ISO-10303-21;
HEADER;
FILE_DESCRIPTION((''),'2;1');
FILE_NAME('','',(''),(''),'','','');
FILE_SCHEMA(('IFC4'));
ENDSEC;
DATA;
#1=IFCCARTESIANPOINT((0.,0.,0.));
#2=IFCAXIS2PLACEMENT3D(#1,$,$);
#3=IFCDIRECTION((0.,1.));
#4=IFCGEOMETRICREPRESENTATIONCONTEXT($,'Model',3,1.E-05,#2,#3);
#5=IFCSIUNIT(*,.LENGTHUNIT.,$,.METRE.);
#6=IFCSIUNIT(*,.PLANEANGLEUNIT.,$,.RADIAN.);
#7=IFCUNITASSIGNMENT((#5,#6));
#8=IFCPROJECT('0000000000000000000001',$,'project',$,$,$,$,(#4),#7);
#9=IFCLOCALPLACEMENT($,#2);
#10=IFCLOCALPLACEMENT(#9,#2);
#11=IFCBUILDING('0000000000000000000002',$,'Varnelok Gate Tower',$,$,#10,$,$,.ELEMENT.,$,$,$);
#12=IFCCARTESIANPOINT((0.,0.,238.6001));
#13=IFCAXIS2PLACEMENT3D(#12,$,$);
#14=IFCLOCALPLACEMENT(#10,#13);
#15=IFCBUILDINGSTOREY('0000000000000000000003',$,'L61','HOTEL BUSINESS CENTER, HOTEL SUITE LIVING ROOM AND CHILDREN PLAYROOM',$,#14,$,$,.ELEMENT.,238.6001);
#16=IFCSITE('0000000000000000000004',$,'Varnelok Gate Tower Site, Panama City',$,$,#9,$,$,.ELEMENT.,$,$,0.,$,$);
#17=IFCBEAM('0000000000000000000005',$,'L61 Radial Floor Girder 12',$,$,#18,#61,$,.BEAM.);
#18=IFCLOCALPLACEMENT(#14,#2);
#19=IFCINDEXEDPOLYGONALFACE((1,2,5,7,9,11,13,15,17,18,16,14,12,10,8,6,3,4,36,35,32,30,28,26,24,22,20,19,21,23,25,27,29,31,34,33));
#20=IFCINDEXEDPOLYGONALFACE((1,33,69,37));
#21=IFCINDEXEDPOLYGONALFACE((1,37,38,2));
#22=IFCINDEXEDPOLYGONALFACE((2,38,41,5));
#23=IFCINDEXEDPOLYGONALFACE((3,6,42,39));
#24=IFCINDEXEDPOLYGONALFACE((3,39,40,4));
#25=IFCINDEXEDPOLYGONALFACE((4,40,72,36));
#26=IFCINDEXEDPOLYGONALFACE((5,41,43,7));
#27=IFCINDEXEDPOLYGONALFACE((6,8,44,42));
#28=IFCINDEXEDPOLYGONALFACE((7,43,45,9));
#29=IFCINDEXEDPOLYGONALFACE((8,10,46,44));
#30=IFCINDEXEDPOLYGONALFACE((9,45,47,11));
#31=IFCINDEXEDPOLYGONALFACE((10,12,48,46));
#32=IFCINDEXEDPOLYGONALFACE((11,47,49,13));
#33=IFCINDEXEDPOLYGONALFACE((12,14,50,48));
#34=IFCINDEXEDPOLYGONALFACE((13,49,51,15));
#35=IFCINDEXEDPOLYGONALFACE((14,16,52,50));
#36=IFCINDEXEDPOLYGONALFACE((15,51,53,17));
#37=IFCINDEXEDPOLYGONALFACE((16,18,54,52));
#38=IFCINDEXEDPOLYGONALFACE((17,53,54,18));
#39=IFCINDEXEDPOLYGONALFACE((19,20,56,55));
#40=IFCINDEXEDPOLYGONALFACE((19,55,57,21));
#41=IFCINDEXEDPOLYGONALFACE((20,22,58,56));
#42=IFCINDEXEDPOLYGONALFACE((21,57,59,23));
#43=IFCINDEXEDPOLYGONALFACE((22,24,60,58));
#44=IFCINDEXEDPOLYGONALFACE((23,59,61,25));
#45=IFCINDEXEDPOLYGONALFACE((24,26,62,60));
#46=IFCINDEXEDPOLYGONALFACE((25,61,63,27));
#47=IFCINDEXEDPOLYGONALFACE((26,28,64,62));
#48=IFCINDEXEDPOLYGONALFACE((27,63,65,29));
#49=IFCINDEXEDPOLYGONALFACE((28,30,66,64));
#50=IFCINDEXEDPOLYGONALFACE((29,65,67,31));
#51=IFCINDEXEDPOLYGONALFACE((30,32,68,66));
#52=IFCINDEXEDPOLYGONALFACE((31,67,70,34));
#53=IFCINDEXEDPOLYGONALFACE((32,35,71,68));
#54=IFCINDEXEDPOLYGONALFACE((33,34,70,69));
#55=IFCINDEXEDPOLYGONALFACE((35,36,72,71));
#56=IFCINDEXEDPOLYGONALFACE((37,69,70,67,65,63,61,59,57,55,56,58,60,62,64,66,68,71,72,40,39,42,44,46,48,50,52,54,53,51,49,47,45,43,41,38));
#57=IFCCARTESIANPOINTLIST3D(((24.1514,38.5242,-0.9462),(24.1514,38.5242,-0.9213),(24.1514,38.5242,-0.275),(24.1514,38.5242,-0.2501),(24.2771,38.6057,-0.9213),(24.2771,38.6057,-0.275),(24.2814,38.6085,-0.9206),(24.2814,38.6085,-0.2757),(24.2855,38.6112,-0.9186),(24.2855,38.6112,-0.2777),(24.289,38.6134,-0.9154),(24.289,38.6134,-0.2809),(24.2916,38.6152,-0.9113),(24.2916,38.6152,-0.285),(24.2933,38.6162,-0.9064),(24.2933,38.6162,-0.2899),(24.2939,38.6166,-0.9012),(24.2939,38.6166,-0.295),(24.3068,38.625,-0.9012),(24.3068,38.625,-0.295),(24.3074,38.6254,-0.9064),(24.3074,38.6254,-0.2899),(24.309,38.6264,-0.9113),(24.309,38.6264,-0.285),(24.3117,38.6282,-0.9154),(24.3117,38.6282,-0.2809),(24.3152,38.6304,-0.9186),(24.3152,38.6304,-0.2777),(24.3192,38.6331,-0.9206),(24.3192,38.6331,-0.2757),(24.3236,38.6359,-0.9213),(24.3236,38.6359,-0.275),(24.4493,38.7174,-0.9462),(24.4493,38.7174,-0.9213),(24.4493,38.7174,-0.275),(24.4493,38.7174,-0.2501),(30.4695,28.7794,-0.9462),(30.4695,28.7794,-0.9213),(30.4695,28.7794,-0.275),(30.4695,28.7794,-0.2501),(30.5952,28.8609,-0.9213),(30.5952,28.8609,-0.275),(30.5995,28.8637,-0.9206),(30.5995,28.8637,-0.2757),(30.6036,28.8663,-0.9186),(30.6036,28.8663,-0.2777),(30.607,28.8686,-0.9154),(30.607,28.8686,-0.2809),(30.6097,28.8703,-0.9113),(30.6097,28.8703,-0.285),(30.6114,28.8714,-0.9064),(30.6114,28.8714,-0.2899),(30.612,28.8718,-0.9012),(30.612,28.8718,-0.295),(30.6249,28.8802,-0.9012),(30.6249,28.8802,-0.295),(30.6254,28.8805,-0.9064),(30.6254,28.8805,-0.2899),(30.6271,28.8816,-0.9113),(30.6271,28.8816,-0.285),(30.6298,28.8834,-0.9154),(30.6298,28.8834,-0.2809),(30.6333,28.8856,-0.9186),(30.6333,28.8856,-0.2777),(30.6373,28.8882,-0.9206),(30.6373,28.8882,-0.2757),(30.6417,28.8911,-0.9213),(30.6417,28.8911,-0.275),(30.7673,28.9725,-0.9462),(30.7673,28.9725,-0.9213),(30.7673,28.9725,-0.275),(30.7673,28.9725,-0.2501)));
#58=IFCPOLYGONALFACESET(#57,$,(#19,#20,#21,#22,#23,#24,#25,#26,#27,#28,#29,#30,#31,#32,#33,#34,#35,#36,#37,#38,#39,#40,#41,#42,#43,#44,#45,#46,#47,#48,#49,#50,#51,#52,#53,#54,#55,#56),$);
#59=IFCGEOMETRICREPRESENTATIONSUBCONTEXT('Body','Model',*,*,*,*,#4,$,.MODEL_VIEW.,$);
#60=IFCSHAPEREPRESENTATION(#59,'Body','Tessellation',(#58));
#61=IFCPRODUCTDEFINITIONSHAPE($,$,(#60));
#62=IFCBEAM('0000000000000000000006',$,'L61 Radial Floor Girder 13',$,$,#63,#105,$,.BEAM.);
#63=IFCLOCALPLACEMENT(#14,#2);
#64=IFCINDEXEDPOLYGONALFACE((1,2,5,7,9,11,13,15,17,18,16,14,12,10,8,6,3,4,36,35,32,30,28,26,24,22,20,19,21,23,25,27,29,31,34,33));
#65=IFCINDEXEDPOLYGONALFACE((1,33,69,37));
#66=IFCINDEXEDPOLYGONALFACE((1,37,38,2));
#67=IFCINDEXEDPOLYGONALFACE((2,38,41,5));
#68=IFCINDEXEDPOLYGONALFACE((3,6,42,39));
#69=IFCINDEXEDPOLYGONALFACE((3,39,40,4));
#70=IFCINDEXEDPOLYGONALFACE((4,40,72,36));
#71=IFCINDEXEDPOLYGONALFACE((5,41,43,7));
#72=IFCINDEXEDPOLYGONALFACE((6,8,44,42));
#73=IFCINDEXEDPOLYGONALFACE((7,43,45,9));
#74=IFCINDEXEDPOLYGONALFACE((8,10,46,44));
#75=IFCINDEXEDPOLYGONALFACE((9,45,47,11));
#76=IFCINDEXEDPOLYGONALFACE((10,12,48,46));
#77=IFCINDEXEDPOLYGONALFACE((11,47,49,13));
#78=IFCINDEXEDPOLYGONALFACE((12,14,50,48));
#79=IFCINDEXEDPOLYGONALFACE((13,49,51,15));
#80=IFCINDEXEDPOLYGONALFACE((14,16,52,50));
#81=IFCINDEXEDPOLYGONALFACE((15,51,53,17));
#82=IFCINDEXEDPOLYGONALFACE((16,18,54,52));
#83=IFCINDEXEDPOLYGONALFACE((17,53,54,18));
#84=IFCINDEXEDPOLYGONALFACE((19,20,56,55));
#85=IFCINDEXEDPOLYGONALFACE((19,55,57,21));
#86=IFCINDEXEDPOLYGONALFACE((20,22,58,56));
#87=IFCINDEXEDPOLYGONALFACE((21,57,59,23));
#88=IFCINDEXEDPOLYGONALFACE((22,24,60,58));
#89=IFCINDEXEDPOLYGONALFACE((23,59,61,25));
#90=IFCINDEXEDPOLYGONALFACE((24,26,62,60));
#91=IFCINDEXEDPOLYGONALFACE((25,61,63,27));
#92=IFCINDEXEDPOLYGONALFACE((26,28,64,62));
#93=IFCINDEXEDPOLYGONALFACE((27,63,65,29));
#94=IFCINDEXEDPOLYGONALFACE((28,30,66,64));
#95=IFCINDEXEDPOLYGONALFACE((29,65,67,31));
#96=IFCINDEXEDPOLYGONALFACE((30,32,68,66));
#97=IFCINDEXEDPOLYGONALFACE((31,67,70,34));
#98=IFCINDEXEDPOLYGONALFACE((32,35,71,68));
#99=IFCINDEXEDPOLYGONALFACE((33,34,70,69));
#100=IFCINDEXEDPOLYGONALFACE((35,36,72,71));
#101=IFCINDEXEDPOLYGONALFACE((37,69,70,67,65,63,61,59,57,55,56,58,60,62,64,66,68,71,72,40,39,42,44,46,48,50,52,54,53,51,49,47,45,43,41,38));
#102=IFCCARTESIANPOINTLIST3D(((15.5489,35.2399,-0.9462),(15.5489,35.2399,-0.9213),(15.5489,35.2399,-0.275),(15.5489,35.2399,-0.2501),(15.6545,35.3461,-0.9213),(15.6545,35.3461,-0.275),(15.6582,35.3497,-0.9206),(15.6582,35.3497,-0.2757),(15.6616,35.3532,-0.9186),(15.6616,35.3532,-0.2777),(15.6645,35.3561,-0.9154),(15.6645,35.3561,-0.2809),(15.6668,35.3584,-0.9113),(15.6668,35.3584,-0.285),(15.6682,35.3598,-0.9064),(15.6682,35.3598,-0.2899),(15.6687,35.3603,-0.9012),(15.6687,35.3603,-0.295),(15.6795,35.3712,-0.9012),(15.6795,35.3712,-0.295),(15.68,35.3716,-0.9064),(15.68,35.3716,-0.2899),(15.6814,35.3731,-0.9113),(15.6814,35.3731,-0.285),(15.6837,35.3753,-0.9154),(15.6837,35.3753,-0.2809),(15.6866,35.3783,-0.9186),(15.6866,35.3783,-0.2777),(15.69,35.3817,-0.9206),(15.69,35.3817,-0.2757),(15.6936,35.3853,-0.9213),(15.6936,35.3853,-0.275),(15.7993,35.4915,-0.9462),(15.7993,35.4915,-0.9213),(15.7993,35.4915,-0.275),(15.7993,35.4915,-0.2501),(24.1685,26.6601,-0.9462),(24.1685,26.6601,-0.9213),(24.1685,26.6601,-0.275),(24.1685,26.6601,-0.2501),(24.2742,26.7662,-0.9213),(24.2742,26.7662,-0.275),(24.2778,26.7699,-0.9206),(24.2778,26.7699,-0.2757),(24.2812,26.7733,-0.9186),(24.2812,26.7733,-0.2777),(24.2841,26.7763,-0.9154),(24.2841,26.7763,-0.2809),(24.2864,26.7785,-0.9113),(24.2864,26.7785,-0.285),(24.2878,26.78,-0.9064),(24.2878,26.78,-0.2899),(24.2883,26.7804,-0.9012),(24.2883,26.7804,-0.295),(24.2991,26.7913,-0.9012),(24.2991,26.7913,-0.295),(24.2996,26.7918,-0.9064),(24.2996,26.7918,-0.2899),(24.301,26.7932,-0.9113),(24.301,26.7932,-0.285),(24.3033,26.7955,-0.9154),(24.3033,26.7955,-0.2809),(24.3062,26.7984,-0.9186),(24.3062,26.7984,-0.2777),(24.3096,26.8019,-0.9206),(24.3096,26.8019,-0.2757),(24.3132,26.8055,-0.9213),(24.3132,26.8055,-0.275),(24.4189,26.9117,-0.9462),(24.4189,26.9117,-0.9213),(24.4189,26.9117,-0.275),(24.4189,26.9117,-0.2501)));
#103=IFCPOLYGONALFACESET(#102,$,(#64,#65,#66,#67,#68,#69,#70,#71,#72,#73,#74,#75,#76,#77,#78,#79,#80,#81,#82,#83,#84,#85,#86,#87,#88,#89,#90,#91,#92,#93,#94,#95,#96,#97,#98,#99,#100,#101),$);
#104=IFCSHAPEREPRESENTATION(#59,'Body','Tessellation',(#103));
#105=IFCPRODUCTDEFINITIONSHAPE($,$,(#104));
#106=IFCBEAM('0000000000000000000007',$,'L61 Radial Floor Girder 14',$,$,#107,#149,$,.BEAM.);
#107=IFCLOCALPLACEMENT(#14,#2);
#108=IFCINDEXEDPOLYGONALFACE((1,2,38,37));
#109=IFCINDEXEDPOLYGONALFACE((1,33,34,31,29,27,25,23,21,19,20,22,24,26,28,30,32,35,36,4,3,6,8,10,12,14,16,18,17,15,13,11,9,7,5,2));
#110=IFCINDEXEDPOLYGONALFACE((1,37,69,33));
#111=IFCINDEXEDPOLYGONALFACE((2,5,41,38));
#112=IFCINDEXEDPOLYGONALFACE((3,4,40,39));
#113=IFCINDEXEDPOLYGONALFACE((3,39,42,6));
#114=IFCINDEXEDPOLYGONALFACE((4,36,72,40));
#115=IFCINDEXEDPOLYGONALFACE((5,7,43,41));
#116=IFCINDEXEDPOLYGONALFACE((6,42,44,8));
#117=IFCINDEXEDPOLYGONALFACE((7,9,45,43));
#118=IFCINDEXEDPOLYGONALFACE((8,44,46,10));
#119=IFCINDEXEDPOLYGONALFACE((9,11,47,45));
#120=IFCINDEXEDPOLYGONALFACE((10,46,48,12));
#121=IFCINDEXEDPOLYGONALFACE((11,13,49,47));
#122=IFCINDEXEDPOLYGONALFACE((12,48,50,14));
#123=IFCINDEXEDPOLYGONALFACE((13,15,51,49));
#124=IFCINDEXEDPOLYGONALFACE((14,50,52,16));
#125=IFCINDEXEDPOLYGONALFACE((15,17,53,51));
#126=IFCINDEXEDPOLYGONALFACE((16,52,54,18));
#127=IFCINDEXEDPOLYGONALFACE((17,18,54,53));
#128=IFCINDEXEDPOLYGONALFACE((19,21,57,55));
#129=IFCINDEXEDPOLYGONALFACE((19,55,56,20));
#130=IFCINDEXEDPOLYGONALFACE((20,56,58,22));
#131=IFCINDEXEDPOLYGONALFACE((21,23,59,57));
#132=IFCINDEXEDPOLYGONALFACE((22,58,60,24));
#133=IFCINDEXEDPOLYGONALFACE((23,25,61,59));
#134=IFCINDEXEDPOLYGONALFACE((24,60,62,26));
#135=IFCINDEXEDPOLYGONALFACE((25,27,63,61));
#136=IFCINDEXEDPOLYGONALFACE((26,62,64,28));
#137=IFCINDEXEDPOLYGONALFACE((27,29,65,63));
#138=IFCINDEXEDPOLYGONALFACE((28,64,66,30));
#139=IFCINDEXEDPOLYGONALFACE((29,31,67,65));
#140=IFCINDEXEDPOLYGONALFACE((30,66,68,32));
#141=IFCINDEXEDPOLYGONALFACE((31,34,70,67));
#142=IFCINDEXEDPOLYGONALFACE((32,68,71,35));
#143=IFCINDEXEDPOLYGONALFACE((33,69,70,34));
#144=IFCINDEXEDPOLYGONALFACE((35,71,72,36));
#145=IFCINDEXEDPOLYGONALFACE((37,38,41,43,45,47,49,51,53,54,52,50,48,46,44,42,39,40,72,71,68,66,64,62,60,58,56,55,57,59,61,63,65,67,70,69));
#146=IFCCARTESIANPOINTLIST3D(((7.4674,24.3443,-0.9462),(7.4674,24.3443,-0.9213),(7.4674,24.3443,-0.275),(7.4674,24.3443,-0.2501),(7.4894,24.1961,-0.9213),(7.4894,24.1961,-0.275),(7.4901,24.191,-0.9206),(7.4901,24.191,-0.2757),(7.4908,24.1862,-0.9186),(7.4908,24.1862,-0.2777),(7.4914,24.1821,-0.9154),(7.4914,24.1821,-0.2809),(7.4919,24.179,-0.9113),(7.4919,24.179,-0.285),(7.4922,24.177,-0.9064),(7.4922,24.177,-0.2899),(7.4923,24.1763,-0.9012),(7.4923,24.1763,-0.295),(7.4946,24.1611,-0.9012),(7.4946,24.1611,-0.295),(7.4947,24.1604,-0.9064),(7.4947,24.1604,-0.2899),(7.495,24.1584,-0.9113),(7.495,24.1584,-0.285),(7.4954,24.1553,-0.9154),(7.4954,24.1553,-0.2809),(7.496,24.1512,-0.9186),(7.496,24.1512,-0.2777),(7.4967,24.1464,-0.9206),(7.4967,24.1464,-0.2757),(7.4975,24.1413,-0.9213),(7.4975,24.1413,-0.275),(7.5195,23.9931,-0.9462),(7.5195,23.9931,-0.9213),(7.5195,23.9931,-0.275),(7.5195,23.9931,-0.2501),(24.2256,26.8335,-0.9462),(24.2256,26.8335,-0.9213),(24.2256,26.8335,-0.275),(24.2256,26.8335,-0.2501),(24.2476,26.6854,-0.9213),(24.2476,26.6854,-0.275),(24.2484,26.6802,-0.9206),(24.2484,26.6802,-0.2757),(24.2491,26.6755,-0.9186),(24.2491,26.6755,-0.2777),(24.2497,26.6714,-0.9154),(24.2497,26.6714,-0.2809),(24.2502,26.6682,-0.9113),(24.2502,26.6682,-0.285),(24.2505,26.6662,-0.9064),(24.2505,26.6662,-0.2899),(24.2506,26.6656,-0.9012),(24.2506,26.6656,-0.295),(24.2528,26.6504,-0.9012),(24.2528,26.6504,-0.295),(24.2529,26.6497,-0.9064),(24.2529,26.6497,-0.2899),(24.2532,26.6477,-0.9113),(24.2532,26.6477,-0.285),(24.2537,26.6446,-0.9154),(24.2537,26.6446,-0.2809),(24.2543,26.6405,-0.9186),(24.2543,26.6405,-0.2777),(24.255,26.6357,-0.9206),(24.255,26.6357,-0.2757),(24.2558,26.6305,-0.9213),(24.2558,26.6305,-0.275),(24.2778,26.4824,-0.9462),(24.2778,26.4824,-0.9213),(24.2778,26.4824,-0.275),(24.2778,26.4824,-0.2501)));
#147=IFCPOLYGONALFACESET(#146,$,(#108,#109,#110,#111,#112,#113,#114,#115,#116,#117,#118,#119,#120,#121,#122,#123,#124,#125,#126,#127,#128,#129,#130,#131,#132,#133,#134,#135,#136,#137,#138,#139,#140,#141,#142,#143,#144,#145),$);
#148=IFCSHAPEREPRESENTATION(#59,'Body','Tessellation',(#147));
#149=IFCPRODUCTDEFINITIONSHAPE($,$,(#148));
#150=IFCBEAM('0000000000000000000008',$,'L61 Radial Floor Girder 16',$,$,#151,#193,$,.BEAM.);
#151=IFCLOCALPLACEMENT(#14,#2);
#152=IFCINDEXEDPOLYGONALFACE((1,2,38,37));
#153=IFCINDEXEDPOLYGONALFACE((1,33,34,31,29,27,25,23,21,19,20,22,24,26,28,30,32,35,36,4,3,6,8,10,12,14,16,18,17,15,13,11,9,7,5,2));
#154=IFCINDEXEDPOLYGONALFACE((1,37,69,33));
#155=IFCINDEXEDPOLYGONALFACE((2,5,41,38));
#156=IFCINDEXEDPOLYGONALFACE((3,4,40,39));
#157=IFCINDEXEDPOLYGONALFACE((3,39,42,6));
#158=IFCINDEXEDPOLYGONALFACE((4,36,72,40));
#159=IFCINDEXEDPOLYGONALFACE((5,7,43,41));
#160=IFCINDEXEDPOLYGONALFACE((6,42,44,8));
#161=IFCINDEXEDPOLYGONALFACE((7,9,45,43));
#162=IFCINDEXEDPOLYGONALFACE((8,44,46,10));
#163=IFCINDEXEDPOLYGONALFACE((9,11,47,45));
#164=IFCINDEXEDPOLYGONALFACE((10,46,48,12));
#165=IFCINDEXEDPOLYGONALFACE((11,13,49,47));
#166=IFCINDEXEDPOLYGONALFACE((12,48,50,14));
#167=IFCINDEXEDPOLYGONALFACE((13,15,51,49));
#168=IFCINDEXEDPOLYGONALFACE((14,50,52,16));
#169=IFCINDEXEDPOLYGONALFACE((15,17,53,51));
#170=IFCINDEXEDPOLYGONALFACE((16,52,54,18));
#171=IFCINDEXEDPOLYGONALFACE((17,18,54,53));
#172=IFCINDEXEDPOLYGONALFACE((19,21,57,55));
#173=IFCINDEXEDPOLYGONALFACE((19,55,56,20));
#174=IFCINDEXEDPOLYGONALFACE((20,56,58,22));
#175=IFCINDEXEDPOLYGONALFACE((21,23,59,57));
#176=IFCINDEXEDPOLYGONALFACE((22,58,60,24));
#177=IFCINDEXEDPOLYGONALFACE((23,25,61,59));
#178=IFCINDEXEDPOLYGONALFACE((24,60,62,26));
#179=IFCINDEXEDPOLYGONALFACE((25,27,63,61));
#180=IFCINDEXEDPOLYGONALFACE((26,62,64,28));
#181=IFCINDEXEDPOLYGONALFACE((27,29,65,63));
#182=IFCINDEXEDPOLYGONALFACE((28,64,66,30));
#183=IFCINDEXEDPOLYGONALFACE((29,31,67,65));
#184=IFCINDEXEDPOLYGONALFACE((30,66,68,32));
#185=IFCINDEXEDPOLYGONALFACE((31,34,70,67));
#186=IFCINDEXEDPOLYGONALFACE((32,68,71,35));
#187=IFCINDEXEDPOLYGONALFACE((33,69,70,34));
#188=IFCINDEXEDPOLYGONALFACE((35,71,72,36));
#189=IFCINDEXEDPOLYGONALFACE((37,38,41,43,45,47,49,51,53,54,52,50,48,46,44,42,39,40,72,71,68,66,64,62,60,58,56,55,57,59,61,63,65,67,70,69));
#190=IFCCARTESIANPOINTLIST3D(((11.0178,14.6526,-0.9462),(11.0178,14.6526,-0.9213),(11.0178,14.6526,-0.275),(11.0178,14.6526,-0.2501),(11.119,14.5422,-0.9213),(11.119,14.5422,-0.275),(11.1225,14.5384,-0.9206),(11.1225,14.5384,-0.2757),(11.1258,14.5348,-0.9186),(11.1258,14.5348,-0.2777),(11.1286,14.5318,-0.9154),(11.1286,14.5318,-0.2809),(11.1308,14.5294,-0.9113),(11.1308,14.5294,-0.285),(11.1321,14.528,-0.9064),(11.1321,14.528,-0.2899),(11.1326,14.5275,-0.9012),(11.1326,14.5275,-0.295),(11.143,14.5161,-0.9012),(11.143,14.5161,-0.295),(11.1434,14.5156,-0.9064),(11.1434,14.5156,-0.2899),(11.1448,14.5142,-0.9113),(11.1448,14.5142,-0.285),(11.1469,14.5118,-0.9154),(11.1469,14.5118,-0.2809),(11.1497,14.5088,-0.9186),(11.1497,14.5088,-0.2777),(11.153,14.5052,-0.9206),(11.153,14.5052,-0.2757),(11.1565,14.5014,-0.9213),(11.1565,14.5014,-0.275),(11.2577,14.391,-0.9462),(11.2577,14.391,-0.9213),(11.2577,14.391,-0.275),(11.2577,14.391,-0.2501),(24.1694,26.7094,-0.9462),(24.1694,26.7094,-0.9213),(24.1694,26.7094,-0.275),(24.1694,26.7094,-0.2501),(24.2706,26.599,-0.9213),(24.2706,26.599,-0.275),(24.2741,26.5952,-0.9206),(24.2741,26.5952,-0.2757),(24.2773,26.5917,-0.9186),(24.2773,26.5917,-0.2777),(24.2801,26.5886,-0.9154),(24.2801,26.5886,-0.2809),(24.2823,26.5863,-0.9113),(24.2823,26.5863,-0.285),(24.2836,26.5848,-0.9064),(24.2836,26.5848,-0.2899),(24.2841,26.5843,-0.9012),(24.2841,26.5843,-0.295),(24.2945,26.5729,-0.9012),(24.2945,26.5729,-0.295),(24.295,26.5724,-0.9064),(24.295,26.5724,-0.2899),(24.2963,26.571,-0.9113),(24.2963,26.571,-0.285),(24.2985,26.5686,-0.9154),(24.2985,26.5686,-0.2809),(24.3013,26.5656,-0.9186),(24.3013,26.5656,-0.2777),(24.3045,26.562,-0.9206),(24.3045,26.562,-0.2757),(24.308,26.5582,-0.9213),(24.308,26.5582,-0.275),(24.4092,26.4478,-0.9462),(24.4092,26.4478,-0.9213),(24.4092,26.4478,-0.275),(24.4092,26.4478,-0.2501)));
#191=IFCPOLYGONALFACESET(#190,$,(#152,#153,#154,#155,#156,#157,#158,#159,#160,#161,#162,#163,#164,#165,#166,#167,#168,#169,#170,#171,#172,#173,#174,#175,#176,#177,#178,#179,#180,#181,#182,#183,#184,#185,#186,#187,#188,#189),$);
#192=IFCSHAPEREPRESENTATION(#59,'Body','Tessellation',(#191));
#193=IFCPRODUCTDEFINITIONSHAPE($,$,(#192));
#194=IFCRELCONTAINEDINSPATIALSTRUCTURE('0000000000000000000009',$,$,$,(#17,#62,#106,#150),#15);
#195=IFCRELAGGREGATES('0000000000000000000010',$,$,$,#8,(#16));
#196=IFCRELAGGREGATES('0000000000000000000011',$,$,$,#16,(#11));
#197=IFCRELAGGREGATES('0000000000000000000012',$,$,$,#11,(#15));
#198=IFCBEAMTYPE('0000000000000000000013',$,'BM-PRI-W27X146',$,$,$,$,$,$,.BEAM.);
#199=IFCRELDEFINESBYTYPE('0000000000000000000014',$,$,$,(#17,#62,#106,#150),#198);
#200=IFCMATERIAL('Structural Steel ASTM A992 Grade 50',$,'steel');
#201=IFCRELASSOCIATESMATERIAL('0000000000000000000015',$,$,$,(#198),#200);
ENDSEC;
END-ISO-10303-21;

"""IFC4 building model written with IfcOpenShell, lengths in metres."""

from ifc_helpers import new_model, si_unit, direction, frame, origin, origin_2d, place, context, subcontext, project, spatial, i_section, extrude, material, material_profile, profile_set, type_object, element, save


model = new_model("IFC4")

# Units and contexts
model_context = context("Model", 3, precision=1e-05, world=origin(), true_north=direction((0.0, 1.0)))
body_context = subcontext(model_context, "Body", "Model", "MODEL_VIEW")
ifc_project = project(units=[si_unit("LENGTHUNIT", "METRE"), si_unit("PLANEANGLEUNIT", "RADIAN")], contexts=[model_context])

# Site, building, storey
site_placement = place(None, origin())
site = spatial("IfcSite", under=ifc_project, at=site_placement, Name="Varnelok Gate Tower Site, Panama City", CompositionType="ELEMENT", RefElevation=0.0)
building_placement = place(site_placement, origin())
building = spatial("IfcBuilding", under=site, at=building_placement, Name="Varnelok Gate Tower", CompositionType="ELEMENT")
storey_placement = place(building_placement, frame((0.0, 0.0, 238.6001)))
storey = spatial("IfcBuildingStorey", under=building, at=storey_placement, Name="L61", Description="HOTEL BUSINESS CENTER, HOTEL SUITE LIVING ROOM AND CHILDREN PLAYROOM", CompositionType="ELEMENT", Elevation=238.6001)

# Shared definitions
ifc_material_1 = material(Name="Structural Steel ASTM A992 Grade 50", Category="steel")

# Beams
ifc_material_profile_1 = material_profile(ifc_material_1, i_section(OverallWidth=0.355, OverallDepth=0.696, WebThickness=0.0154, FlangeThickness=0.0249, FilletRadius=0.02, at=origin_2d()), Name="W27X146")
ifc_profile_set_1 = profile_set([ifc_material_profile_1], Name="Structural Steel ASTM A992 Grade 50")
beam_type_1 = type_object("IfcBeamType", Name="BM-PRI-W27X146", PredefinedType="BEAM", material=ifc_profile_set_1)
beam_1_placement = place(storey_placement, frame((30.6184, 28.876, -0.5981), z_axis=(-0.544016, 0.839075, 0.0), x_axis=(-0.839075, -0.544016, 0.0)))
element("IfcBeam", 1, at=beam_1_placement, inside=storey, type_object=beam_type_1, Name="L61 Radial Floor Girder 12", PredefinedType="BEAM", context=body_context, shape_type="SweptSolid", body=[
    extrude(i_section(OverallWidth=0.355, OverallDepth=0.696, WebThickness=0.0154, FlangeThickness=0.0249, FilletRadius=0.02, at=origin_2d()), origin(), (0.0, 0.0, 1.0), 11.6138),
])
beam_2_placement = place(storey_placement, frame((24.2937, 26.7859, -0.5981), z_axis=(-0.708741, 0.705469, 0.0), x_axis=(-0.705469, -0.708741, 0.0)))
element("IfcBeam", 2, at=beam_2_placement, inside=storey, type_object=beam_type_1, Name="L61 Radial Floor Girder 13", PredefinedType="BEAM", context=body_context, shape_type="SweptSolid", body=[
    extrude(i_section(OverallWidth=0.355, OverallDepth=0.696, WebThickness=0.0154, FlangeThickness=0.0249, FilletRadius=0.02, at=origin_2d()), origin(), (0.0, 0.0, 1.0), 12.1619),
])
beam_3_placement = place(storey_placement, frame((24.2517, 26.658, -0.5981), z_axis=(-0.989147, -0.146927, 0.0), x_axis=(0.146927, -0.989147, 0.0)))
element("IfcBeam", 3, at=beam_3_placement, inside=storey, type_object=beam_type_1, Name="L61 Radial Floor Girder 14", PredefinedType="BEAM", context=body_context, shape_type="SweptSolid", body=[
    extrude(i_section(OverallWidth=0.355, OverallDepth=0.696, WebThickness=0.0154, FlangeThickness=0.0249, FilletRadius=0.02, at=origin_2d()), origin(), (0.0, 0.0, 1.0), 16.9421),
])
beam_4_placement = place(storey_placement, frame((24.2893, 26.5786, -0.5981), z_axis=(-0.737119, -0.675762, 0.0), x_axis=(0.675762, -0.737119, 0.0)))
element("IfcBeam", 4, at=beam_4_placement, inside=storey, type_object=beam_type_1, Name="L61 Radial Floor Girder 16", PredefinedType="BEAM", context=body_context, shape_type="SweptSolid", body=[
    extrude(i_section(OverallWidth=0.355, OverallDepth=0.696, WebThickness=0.0154, FlangeThickness=0.0249, FilletRadius=0.02, at=origin_2d()), origin(), (0.0, 0.0, 1.0), 17.8418),
])

save(model, "model.ifc")
